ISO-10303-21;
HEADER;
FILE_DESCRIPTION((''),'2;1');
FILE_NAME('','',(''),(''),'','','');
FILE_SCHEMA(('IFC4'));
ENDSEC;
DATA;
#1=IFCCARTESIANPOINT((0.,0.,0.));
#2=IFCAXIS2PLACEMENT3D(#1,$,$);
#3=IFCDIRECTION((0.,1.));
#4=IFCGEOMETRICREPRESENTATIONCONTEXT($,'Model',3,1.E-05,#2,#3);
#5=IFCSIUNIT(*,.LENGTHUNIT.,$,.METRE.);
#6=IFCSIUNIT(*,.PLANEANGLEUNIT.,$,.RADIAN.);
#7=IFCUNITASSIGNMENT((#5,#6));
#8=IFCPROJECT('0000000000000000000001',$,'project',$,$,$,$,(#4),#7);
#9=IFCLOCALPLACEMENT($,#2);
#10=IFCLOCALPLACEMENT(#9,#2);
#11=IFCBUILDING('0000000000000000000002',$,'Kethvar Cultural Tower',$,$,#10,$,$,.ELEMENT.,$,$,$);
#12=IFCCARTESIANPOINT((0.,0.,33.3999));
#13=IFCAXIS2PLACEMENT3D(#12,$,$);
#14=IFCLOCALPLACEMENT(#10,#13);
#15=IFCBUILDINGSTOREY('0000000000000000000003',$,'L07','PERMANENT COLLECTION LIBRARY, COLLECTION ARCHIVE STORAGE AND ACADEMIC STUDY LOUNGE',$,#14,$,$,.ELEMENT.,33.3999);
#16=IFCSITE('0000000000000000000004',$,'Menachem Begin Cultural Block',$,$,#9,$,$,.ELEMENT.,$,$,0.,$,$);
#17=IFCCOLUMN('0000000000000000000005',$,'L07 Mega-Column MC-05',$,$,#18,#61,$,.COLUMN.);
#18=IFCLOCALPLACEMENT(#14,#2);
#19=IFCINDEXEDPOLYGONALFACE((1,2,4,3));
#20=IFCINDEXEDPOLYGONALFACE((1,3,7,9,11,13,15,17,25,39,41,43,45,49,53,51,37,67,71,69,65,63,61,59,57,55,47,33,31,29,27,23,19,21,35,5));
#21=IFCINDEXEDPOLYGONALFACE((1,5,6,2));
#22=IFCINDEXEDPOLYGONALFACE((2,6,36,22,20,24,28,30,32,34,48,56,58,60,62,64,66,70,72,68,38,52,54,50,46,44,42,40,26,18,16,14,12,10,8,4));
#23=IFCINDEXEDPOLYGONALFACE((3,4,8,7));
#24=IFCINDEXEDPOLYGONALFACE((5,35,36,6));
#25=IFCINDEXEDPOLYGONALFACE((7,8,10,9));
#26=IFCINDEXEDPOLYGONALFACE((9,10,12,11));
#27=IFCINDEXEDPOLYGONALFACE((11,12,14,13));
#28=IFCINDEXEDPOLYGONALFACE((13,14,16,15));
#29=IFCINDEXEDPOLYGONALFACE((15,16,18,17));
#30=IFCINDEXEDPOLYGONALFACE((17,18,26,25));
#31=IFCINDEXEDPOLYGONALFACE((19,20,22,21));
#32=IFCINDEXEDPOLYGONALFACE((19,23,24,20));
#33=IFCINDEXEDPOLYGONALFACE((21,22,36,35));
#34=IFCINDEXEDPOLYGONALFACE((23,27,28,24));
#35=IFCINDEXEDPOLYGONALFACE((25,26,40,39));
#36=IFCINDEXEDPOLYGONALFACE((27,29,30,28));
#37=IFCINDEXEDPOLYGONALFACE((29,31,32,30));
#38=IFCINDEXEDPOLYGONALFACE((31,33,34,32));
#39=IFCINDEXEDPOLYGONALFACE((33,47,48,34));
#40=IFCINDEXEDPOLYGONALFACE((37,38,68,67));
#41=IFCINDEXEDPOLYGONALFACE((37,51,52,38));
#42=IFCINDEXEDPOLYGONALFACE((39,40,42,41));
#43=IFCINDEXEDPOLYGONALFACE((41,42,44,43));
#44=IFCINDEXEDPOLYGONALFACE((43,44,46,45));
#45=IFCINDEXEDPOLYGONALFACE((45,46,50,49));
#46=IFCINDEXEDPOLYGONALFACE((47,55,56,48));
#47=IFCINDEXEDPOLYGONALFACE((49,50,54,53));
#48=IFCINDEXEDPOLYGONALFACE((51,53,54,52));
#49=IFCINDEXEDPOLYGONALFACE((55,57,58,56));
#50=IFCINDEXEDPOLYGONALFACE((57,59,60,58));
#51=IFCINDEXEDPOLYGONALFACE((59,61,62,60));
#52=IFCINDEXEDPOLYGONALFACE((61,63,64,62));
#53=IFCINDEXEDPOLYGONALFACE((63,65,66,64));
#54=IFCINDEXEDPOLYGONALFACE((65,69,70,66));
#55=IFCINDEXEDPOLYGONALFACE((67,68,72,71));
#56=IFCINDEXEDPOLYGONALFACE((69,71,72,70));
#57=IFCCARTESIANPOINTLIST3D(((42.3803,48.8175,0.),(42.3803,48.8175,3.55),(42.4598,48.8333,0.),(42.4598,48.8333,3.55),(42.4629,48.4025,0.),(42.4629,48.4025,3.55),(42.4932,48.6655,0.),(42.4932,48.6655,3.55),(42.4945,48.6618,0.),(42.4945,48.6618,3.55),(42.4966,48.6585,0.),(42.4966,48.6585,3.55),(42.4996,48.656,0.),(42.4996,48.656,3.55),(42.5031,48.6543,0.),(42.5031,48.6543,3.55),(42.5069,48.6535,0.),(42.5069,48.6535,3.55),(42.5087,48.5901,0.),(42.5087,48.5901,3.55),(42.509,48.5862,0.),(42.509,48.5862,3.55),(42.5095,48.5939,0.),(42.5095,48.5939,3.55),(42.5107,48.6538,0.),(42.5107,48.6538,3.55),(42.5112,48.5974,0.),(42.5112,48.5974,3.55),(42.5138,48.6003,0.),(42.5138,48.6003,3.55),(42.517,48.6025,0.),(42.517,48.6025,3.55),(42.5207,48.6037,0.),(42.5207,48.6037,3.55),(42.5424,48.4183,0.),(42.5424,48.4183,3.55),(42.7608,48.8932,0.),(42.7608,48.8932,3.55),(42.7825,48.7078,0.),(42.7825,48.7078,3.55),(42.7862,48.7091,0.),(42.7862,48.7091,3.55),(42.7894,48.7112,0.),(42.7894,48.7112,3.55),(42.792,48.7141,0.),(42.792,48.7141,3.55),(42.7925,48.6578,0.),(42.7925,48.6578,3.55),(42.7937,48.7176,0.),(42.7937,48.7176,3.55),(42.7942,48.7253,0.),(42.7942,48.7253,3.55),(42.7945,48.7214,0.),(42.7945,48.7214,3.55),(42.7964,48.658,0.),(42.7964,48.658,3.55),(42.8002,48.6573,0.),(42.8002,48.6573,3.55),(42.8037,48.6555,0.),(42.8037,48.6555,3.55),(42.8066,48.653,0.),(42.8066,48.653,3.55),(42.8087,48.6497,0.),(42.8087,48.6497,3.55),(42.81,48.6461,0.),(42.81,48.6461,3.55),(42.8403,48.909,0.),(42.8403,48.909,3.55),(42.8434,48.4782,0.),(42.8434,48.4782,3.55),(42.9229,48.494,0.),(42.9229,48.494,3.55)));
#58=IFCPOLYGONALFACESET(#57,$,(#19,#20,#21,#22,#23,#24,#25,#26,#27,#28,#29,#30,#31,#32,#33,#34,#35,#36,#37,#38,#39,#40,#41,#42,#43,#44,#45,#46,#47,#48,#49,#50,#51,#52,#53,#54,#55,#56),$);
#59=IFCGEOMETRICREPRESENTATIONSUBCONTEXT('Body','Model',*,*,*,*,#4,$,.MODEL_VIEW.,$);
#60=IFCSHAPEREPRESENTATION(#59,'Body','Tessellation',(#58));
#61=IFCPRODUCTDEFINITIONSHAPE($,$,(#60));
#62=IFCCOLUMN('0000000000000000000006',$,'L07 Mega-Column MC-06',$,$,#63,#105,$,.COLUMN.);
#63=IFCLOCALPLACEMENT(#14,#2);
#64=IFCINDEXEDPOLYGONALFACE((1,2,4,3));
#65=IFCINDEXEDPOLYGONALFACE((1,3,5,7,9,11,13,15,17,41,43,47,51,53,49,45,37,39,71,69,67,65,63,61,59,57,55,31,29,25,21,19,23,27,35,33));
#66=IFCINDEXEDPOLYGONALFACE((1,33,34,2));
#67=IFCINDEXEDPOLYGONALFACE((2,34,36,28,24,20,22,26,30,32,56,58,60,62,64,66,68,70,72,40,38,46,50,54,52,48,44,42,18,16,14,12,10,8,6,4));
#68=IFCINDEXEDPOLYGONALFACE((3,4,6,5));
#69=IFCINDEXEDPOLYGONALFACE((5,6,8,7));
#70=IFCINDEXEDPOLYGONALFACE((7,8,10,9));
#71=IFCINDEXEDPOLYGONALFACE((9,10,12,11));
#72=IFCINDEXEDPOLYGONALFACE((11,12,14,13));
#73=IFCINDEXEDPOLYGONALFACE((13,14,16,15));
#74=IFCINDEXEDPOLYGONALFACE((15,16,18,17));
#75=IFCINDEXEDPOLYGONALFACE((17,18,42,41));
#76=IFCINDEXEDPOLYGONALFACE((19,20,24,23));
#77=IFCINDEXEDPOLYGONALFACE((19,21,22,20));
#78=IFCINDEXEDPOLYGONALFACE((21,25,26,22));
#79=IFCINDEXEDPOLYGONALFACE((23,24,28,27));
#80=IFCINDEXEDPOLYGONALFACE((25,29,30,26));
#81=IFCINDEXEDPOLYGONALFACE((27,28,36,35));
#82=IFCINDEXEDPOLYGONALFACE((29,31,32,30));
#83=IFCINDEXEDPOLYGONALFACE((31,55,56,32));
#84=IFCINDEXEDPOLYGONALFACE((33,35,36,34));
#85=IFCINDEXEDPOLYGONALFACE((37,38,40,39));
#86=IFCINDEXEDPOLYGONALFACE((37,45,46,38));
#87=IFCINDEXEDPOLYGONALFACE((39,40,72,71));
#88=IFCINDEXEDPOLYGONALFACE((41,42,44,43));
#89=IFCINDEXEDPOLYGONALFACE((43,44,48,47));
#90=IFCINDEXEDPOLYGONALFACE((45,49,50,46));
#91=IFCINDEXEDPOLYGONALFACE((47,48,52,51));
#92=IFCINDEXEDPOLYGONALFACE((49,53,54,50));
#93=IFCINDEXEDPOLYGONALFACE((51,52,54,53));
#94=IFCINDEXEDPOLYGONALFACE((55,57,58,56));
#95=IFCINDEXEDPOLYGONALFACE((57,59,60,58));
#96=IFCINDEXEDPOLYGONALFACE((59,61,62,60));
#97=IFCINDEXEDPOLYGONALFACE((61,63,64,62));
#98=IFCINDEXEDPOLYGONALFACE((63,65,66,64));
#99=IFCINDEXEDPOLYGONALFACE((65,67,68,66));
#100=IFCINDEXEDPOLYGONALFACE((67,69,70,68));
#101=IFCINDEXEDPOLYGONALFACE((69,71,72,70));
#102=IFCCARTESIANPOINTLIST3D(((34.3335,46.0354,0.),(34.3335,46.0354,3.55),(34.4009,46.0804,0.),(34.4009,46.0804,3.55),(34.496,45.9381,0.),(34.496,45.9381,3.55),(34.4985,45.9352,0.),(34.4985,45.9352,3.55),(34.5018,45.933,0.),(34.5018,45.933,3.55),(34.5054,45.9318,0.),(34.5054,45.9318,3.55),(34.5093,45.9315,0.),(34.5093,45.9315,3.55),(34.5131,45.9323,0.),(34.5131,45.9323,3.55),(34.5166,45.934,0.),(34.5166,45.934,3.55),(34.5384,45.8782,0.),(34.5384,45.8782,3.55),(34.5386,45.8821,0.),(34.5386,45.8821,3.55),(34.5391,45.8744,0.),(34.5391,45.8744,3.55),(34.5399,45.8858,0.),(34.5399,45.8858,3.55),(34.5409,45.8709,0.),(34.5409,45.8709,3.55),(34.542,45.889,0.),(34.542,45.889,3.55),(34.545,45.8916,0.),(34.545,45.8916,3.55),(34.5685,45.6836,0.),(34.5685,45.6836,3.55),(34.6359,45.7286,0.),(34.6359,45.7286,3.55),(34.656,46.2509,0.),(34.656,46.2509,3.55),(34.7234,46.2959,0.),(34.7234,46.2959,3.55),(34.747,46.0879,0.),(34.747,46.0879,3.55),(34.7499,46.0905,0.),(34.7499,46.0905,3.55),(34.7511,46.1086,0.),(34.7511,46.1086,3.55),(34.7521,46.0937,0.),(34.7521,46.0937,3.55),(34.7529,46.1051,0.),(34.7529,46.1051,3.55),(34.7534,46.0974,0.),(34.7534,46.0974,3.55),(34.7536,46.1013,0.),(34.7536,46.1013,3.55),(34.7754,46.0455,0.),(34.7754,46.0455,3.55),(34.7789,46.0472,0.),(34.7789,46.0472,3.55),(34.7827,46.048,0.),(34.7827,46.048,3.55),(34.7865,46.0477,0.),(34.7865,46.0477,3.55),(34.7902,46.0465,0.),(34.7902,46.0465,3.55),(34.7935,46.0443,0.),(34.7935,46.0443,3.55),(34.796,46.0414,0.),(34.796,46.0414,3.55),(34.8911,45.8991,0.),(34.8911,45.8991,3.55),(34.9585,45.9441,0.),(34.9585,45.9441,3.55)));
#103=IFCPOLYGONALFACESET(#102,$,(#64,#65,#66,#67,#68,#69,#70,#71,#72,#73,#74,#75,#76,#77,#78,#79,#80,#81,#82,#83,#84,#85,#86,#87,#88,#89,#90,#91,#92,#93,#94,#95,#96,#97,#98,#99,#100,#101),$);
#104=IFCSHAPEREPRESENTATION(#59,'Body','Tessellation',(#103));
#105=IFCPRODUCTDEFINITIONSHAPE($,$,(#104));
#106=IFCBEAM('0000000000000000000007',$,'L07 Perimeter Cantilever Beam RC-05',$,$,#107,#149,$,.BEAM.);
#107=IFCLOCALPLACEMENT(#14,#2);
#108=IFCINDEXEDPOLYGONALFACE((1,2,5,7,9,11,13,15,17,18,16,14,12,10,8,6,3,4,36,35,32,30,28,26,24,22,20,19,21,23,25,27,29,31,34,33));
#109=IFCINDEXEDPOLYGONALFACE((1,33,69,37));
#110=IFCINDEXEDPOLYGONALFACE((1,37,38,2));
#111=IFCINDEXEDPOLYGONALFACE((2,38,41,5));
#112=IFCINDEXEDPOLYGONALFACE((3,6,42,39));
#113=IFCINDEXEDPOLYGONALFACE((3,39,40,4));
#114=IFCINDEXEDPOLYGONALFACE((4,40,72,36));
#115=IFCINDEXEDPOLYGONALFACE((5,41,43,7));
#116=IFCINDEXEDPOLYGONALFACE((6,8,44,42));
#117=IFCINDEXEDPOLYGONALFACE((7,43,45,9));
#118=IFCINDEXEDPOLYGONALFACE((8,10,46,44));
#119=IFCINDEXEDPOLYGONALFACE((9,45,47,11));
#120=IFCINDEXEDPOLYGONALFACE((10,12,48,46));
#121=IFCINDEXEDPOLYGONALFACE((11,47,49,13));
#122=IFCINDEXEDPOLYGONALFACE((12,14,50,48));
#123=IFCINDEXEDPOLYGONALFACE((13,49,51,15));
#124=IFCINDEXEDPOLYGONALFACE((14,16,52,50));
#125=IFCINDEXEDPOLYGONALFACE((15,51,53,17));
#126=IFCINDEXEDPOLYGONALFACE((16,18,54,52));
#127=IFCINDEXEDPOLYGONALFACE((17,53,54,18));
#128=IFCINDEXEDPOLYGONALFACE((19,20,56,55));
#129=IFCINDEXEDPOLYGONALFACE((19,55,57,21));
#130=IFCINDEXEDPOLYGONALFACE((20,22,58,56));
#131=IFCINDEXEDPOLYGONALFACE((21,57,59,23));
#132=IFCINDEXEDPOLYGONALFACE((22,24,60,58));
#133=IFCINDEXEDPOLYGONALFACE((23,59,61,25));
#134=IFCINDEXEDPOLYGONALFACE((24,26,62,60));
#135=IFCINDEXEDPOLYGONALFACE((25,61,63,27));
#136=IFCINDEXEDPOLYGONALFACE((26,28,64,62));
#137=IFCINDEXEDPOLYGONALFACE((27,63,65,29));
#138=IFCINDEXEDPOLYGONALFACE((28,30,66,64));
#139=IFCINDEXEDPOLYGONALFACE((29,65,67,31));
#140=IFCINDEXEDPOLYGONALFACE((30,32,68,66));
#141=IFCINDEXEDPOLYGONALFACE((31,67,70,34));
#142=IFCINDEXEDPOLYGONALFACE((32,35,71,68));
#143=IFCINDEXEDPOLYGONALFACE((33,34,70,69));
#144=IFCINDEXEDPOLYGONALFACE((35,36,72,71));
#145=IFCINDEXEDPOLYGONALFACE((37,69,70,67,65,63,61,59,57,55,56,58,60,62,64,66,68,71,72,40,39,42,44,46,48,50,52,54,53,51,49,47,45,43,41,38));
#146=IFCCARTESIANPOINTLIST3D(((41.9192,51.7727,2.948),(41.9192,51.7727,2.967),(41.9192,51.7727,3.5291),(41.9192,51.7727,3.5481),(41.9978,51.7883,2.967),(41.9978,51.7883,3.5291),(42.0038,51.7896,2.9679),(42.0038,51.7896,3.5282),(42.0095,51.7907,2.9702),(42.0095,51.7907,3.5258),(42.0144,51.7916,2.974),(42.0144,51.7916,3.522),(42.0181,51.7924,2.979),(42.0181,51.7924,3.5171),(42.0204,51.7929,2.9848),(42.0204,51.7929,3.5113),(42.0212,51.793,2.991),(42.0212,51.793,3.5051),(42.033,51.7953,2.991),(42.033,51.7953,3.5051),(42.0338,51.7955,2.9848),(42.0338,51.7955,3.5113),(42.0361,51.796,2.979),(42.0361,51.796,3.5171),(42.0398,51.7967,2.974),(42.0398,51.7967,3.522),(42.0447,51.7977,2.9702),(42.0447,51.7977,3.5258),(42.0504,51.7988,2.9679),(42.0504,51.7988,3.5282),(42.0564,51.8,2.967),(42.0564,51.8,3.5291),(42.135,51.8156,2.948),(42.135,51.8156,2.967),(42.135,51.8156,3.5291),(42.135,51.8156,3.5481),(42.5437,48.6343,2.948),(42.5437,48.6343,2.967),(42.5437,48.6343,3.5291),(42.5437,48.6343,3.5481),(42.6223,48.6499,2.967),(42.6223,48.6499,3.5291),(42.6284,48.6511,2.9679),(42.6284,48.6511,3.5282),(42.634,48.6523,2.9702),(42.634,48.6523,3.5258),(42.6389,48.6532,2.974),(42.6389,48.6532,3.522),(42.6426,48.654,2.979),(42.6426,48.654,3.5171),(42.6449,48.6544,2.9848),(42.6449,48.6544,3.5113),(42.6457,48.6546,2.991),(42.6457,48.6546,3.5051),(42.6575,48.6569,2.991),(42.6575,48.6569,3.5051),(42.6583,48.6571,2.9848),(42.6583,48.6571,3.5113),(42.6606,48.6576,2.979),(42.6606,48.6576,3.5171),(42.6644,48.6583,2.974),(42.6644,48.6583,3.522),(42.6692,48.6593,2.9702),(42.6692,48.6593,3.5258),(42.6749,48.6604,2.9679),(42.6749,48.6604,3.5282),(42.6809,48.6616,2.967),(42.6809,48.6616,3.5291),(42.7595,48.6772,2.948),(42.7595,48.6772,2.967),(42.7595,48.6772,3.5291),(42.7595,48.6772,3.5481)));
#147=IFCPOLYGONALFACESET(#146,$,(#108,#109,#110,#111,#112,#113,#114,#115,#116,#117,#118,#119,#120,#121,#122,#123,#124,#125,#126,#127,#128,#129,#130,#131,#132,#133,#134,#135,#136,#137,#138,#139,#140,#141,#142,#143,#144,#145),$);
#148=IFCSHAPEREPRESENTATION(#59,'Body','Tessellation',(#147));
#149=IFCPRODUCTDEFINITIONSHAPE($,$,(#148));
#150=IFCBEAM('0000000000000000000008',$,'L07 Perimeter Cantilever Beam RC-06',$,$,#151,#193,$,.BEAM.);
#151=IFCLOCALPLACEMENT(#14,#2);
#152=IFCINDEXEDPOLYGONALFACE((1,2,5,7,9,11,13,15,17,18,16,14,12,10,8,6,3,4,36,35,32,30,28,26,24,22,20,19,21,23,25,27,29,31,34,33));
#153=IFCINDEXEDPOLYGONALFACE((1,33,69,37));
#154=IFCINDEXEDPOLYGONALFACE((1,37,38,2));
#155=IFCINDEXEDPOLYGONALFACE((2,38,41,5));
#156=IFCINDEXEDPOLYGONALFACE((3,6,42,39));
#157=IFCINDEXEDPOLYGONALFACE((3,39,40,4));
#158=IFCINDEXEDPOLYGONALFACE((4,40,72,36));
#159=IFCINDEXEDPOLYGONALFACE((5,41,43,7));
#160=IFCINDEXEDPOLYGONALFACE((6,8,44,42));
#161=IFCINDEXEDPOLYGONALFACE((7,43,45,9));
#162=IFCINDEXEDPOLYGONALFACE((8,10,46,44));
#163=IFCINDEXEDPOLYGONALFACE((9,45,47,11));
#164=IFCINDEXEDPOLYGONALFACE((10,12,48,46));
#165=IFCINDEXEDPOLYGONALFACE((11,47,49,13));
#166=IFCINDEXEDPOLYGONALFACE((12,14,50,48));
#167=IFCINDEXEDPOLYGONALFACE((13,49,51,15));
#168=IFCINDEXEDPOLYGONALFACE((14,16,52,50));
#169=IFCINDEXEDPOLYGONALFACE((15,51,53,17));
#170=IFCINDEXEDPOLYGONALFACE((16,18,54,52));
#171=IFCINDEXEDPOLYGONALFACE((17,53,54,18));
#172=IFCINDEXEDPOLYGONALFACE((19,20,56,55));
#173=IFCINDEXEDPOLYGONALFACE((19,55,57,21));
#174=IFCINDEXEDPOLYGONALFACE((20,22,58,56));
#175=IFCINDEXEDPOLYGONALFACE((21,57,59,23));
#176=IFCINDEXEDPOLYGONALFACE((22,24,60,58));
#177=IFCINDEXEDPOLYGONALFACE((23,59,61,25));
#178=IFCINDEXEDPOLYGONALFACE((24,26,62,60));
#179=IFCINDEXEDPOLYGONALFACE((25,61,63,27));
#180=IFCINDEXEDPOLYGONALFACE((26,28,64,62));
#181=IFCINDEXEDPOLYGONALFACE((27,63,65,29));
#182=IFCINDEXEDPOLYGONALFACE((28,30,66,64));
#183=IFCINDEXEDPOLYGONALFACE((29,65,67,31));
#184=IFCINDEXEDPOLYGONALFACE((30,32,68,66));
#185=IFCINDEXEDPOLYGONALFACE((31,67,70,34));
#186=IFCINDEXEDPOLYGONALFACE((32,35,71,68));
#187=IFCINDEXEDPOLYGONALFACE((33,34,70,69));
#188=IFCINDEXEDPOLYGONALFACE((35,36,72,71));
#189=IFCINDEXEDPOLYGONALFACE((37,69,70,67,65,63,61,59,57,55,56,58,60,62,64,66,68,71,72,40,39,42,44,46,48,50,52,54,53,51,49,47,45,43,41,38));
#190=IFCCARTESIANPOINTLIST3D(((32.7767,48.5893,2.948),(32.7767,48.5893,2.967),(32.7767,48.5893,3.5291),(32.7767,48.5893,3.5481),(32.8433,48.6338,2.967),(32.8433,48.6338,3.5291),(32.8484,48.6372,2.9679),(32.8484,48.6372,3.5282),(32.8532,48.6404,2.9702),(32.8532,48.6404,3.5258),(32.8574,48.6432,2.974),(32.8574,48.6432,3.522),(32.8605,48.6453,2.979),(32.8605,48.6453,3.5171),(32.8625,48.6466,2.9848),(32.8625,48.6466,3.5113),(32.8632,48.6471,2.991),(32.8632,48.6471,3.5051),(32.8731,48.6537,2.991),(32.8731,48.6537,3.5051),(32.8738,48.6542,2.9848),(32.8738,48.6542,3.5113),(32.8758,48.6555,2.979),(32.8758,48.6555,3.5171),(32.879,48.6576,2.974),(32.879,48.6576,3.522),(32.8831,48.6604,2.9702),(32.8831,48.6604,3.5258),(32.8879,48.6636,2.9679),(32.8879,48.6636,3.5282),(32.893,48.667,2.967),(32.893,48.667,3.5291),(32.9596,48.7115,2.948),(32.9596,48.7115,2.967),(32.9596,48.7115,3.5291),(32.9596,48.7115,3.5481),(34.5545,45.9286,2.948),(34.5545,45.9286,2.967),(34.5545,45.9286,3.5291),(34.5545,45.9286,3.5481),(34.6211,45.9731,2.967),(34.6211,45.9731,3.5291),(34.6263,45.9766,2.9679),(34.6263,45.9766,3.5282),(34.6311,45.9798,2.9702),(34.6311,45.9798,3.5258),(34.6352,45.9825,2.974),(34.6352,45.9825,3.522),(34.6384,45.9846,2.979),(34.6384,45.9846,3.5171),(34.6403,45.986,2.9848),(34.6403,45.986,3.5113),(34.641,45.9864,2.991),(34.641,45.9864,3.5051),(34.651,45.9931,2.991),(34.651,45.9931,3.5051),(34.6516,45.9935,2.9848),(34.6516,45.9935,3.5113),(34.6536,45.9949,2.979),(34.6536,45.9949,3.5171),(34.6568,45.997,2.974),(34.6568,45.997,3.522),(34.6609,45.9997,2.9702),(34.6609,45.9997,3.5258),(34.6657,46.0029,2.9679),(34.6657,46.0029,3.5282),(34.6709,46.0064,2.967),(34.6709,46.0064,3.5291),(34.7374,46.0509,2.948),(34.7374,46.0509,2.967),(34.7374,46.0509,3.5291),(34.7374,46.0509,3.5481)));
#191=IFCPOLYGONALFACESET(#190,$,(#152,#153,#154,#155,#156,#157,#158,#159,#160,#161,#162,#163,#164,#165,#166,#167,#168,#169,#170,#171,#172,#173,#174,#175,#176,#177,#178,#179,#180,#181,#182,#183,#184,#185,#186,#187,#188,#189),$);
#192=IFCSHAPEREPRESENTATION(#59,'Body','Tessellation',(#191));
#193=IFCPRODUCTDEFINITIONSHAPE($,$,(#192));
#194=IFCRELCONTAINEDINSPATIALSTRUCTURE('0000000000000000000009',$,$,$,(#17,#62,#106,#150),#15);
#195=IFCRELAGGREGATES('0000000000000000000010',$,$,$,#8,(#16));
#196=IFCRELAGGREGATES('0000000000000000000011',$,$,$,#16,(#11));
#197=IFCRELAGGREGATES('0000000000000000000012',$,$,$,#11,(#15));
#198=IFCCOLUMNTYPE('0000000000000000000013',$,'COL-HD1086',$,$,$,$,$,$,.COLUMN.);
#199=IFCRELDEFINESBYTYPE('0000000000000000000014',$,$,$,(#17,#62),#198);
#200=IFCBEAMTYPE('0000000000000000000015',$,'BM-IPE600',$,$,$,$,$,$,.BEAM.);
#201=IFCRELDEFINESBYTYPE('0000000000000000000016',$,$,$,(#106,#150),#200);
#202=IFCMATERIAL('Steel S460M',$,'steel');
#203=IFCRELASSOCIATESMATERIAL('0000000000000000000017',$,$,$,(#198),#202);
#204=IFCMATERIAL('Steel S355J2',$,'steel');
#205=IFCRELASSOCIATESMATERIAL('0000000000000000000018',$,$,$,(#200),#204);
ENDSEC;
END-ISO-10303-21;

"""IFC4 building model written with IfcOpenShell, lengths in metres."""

from ifc_helpers import new_model, si_unit, direction, frame, origin, origin_2d, place, context, subcontext, project, spatial, i_section, extrude, source, transform, mapped, material, material_profile, profile_set, type_object, element, save


model = new_model("IFC4")

# Units and contexts
model_context = context("Model", 3, precision=1e-05, world=origin(), true_north=direction((0.0, 1.0)))
body_context = subcontext(model_context, "Body", "Model", "MODEL_VIEW")
ifc_project = project(units=[si_unit("LENGTHUNIT", "METRE"), si_unit("PLANEANGLEUNIT", "RADIAN")], contexts=[model_context])

# Site, building, storey
site_placement = place(None, origin())
site = spatial("IfcSite", under=ifc_project, at=site_placement, Name="Menachem Begin Cultural Block", CompositionType="ELEMENT", RefElevation=0.0)
building_placement = place(site_placement, origin())
building = spatial("IfcBuilding", under=site, at=building_placement, Name="Kethvar Cultural Tower", CompositionType="ELEMENT")
storey_placement = place(building_placement, frame((0.0, 0.0, 33.3999)))
storey = spatial("IfcBuildingStorey", under=building, at=storey_placement, Name="L07", Description="PERMANENT COLLECTION LIBRARY, COLLECTION ARCHIVE STORAGE AND ACADEMIC STUDY LOUNGE", CompositionType="ELEMENT", Elevation=33.3999)

# Columns
ifc_material_1 = material(Name="Steel S460M", Category="steel")
ifc_material_profile_1 = material_profile(ifc_material_1, i_section(OverallWidth=0.4231, OverallDepth=0.469, WebThickness=0.051, FlangeThickness=0.0811, FilletRadius=0.0149, at=origin_2d()), Name="Steel S460M — HD400x1086")
ifc_profile_set_1 = profile_set([ifc_material_profile_1], Name="Steel S460M — HD400x1086")
column_type = type_object("IfcColumnType", Name="COL-HD1086", PredefinedType="COLUMN", material=ifc_profile_set_1)
shared_shape_1 = source(origin(), body_context, "Body", "SweptSolid", [
    extrude(i_section(OverallWidth=0.4231, OverallDepth=0.469, WebThickness=0.051, FlangeThickness=0.0811, FilletRadius=0.0149, at=origin_2d()), origin(), (0.0, 0.0, 1.0), 3.55),
])
for number, where, z_axis, x_axis, name in (
    (1, (42.6516, 48.6558, 0.0), (0.0, 0.0, 1.0), (-0.19509, 0.980785, 0.0), "L07 Mega-Column MC-05"),
    (2, (34.646, 45.9897, 0.0), (0.0, 0.0, 1.0), (-0.55557, 0.83147, 0.0), "L07 Mega-Column MC-06"),
):
    element("IfcColumn", number, at=place(storey_placement, frame(where, z_axis=z_axis, x_axis=x_axis)), inside=storey, type_object=column_type, Name=name, PredefinedType="COLUMN", context=body_context, shape_type="MappedRepresentation", body=[
        mapped(shared_shape_1, transform((0.0, 0.0, 0.0), scale=1.0)),
    ])

# Beams
ifc_material_2 = material(Name="Steel S355J2", Category="steel")
ifc_material_profile_2 = material_profile(ifc_material_2, i_section(OverallWidth=0.22, OverallDepth=0.6001, WebThickness=0.012, FlangeThickness=0.019, FilletRadius=0.0239, at=origin_2d()), Name="Steel S355J2 — IPE600")
ifc_profile_set_2 = profile_set([ifc_material_profile_2], Name="Steel S355J2 — IPE600")
beam_type_1 = type_object("IfcBeamType", Name="BM-IPE600", PredefinedType="BEAM", material=ifc_profile_set_2)
shared_shape_2 = source(origin(), body_context, "Body", "SweptSolid", [
    extrude(i_section(OverallWidth=0.22, OverallDepth=0.6001, WebThickness=0.012, FlangeThickness=0.019, FilletRadius=0.0239, at=origin_2d()), origin(), (0.0, 0.0, 1.0), 3.2),
])
for number, where, z_axis, x_axis, name in (
    (3, (42.6516, 48.6558, 3.248), (-0.195162, 0.980771, 0.0), (-0.980771, -0.195162, 0.0), "L07 Perimeter Cantilever Beam RC-05"),
    (4, (34.646, 45.9897, 3.248), (-0.55558, 0.831463, 0.0), (-0.831463, -0.55558, 0.0), "L07 Perimeter Cantilever Beam RC-06"),
):
    element("IfcBeam", number, at=place(storey_placement, frame(where, z_axis=z_axis, x_axis=x_axis)), inside=storey, type_object=beam_type_1, Name=name, PredefinedType="BEAM", context=body_context, shape_type="MappedRepresentation", body=[
        mapped(shared_shape_2, transform((0.0, 0.0, 0.0), scale=1.0)),
    ])

save(model, "model.ifc")
